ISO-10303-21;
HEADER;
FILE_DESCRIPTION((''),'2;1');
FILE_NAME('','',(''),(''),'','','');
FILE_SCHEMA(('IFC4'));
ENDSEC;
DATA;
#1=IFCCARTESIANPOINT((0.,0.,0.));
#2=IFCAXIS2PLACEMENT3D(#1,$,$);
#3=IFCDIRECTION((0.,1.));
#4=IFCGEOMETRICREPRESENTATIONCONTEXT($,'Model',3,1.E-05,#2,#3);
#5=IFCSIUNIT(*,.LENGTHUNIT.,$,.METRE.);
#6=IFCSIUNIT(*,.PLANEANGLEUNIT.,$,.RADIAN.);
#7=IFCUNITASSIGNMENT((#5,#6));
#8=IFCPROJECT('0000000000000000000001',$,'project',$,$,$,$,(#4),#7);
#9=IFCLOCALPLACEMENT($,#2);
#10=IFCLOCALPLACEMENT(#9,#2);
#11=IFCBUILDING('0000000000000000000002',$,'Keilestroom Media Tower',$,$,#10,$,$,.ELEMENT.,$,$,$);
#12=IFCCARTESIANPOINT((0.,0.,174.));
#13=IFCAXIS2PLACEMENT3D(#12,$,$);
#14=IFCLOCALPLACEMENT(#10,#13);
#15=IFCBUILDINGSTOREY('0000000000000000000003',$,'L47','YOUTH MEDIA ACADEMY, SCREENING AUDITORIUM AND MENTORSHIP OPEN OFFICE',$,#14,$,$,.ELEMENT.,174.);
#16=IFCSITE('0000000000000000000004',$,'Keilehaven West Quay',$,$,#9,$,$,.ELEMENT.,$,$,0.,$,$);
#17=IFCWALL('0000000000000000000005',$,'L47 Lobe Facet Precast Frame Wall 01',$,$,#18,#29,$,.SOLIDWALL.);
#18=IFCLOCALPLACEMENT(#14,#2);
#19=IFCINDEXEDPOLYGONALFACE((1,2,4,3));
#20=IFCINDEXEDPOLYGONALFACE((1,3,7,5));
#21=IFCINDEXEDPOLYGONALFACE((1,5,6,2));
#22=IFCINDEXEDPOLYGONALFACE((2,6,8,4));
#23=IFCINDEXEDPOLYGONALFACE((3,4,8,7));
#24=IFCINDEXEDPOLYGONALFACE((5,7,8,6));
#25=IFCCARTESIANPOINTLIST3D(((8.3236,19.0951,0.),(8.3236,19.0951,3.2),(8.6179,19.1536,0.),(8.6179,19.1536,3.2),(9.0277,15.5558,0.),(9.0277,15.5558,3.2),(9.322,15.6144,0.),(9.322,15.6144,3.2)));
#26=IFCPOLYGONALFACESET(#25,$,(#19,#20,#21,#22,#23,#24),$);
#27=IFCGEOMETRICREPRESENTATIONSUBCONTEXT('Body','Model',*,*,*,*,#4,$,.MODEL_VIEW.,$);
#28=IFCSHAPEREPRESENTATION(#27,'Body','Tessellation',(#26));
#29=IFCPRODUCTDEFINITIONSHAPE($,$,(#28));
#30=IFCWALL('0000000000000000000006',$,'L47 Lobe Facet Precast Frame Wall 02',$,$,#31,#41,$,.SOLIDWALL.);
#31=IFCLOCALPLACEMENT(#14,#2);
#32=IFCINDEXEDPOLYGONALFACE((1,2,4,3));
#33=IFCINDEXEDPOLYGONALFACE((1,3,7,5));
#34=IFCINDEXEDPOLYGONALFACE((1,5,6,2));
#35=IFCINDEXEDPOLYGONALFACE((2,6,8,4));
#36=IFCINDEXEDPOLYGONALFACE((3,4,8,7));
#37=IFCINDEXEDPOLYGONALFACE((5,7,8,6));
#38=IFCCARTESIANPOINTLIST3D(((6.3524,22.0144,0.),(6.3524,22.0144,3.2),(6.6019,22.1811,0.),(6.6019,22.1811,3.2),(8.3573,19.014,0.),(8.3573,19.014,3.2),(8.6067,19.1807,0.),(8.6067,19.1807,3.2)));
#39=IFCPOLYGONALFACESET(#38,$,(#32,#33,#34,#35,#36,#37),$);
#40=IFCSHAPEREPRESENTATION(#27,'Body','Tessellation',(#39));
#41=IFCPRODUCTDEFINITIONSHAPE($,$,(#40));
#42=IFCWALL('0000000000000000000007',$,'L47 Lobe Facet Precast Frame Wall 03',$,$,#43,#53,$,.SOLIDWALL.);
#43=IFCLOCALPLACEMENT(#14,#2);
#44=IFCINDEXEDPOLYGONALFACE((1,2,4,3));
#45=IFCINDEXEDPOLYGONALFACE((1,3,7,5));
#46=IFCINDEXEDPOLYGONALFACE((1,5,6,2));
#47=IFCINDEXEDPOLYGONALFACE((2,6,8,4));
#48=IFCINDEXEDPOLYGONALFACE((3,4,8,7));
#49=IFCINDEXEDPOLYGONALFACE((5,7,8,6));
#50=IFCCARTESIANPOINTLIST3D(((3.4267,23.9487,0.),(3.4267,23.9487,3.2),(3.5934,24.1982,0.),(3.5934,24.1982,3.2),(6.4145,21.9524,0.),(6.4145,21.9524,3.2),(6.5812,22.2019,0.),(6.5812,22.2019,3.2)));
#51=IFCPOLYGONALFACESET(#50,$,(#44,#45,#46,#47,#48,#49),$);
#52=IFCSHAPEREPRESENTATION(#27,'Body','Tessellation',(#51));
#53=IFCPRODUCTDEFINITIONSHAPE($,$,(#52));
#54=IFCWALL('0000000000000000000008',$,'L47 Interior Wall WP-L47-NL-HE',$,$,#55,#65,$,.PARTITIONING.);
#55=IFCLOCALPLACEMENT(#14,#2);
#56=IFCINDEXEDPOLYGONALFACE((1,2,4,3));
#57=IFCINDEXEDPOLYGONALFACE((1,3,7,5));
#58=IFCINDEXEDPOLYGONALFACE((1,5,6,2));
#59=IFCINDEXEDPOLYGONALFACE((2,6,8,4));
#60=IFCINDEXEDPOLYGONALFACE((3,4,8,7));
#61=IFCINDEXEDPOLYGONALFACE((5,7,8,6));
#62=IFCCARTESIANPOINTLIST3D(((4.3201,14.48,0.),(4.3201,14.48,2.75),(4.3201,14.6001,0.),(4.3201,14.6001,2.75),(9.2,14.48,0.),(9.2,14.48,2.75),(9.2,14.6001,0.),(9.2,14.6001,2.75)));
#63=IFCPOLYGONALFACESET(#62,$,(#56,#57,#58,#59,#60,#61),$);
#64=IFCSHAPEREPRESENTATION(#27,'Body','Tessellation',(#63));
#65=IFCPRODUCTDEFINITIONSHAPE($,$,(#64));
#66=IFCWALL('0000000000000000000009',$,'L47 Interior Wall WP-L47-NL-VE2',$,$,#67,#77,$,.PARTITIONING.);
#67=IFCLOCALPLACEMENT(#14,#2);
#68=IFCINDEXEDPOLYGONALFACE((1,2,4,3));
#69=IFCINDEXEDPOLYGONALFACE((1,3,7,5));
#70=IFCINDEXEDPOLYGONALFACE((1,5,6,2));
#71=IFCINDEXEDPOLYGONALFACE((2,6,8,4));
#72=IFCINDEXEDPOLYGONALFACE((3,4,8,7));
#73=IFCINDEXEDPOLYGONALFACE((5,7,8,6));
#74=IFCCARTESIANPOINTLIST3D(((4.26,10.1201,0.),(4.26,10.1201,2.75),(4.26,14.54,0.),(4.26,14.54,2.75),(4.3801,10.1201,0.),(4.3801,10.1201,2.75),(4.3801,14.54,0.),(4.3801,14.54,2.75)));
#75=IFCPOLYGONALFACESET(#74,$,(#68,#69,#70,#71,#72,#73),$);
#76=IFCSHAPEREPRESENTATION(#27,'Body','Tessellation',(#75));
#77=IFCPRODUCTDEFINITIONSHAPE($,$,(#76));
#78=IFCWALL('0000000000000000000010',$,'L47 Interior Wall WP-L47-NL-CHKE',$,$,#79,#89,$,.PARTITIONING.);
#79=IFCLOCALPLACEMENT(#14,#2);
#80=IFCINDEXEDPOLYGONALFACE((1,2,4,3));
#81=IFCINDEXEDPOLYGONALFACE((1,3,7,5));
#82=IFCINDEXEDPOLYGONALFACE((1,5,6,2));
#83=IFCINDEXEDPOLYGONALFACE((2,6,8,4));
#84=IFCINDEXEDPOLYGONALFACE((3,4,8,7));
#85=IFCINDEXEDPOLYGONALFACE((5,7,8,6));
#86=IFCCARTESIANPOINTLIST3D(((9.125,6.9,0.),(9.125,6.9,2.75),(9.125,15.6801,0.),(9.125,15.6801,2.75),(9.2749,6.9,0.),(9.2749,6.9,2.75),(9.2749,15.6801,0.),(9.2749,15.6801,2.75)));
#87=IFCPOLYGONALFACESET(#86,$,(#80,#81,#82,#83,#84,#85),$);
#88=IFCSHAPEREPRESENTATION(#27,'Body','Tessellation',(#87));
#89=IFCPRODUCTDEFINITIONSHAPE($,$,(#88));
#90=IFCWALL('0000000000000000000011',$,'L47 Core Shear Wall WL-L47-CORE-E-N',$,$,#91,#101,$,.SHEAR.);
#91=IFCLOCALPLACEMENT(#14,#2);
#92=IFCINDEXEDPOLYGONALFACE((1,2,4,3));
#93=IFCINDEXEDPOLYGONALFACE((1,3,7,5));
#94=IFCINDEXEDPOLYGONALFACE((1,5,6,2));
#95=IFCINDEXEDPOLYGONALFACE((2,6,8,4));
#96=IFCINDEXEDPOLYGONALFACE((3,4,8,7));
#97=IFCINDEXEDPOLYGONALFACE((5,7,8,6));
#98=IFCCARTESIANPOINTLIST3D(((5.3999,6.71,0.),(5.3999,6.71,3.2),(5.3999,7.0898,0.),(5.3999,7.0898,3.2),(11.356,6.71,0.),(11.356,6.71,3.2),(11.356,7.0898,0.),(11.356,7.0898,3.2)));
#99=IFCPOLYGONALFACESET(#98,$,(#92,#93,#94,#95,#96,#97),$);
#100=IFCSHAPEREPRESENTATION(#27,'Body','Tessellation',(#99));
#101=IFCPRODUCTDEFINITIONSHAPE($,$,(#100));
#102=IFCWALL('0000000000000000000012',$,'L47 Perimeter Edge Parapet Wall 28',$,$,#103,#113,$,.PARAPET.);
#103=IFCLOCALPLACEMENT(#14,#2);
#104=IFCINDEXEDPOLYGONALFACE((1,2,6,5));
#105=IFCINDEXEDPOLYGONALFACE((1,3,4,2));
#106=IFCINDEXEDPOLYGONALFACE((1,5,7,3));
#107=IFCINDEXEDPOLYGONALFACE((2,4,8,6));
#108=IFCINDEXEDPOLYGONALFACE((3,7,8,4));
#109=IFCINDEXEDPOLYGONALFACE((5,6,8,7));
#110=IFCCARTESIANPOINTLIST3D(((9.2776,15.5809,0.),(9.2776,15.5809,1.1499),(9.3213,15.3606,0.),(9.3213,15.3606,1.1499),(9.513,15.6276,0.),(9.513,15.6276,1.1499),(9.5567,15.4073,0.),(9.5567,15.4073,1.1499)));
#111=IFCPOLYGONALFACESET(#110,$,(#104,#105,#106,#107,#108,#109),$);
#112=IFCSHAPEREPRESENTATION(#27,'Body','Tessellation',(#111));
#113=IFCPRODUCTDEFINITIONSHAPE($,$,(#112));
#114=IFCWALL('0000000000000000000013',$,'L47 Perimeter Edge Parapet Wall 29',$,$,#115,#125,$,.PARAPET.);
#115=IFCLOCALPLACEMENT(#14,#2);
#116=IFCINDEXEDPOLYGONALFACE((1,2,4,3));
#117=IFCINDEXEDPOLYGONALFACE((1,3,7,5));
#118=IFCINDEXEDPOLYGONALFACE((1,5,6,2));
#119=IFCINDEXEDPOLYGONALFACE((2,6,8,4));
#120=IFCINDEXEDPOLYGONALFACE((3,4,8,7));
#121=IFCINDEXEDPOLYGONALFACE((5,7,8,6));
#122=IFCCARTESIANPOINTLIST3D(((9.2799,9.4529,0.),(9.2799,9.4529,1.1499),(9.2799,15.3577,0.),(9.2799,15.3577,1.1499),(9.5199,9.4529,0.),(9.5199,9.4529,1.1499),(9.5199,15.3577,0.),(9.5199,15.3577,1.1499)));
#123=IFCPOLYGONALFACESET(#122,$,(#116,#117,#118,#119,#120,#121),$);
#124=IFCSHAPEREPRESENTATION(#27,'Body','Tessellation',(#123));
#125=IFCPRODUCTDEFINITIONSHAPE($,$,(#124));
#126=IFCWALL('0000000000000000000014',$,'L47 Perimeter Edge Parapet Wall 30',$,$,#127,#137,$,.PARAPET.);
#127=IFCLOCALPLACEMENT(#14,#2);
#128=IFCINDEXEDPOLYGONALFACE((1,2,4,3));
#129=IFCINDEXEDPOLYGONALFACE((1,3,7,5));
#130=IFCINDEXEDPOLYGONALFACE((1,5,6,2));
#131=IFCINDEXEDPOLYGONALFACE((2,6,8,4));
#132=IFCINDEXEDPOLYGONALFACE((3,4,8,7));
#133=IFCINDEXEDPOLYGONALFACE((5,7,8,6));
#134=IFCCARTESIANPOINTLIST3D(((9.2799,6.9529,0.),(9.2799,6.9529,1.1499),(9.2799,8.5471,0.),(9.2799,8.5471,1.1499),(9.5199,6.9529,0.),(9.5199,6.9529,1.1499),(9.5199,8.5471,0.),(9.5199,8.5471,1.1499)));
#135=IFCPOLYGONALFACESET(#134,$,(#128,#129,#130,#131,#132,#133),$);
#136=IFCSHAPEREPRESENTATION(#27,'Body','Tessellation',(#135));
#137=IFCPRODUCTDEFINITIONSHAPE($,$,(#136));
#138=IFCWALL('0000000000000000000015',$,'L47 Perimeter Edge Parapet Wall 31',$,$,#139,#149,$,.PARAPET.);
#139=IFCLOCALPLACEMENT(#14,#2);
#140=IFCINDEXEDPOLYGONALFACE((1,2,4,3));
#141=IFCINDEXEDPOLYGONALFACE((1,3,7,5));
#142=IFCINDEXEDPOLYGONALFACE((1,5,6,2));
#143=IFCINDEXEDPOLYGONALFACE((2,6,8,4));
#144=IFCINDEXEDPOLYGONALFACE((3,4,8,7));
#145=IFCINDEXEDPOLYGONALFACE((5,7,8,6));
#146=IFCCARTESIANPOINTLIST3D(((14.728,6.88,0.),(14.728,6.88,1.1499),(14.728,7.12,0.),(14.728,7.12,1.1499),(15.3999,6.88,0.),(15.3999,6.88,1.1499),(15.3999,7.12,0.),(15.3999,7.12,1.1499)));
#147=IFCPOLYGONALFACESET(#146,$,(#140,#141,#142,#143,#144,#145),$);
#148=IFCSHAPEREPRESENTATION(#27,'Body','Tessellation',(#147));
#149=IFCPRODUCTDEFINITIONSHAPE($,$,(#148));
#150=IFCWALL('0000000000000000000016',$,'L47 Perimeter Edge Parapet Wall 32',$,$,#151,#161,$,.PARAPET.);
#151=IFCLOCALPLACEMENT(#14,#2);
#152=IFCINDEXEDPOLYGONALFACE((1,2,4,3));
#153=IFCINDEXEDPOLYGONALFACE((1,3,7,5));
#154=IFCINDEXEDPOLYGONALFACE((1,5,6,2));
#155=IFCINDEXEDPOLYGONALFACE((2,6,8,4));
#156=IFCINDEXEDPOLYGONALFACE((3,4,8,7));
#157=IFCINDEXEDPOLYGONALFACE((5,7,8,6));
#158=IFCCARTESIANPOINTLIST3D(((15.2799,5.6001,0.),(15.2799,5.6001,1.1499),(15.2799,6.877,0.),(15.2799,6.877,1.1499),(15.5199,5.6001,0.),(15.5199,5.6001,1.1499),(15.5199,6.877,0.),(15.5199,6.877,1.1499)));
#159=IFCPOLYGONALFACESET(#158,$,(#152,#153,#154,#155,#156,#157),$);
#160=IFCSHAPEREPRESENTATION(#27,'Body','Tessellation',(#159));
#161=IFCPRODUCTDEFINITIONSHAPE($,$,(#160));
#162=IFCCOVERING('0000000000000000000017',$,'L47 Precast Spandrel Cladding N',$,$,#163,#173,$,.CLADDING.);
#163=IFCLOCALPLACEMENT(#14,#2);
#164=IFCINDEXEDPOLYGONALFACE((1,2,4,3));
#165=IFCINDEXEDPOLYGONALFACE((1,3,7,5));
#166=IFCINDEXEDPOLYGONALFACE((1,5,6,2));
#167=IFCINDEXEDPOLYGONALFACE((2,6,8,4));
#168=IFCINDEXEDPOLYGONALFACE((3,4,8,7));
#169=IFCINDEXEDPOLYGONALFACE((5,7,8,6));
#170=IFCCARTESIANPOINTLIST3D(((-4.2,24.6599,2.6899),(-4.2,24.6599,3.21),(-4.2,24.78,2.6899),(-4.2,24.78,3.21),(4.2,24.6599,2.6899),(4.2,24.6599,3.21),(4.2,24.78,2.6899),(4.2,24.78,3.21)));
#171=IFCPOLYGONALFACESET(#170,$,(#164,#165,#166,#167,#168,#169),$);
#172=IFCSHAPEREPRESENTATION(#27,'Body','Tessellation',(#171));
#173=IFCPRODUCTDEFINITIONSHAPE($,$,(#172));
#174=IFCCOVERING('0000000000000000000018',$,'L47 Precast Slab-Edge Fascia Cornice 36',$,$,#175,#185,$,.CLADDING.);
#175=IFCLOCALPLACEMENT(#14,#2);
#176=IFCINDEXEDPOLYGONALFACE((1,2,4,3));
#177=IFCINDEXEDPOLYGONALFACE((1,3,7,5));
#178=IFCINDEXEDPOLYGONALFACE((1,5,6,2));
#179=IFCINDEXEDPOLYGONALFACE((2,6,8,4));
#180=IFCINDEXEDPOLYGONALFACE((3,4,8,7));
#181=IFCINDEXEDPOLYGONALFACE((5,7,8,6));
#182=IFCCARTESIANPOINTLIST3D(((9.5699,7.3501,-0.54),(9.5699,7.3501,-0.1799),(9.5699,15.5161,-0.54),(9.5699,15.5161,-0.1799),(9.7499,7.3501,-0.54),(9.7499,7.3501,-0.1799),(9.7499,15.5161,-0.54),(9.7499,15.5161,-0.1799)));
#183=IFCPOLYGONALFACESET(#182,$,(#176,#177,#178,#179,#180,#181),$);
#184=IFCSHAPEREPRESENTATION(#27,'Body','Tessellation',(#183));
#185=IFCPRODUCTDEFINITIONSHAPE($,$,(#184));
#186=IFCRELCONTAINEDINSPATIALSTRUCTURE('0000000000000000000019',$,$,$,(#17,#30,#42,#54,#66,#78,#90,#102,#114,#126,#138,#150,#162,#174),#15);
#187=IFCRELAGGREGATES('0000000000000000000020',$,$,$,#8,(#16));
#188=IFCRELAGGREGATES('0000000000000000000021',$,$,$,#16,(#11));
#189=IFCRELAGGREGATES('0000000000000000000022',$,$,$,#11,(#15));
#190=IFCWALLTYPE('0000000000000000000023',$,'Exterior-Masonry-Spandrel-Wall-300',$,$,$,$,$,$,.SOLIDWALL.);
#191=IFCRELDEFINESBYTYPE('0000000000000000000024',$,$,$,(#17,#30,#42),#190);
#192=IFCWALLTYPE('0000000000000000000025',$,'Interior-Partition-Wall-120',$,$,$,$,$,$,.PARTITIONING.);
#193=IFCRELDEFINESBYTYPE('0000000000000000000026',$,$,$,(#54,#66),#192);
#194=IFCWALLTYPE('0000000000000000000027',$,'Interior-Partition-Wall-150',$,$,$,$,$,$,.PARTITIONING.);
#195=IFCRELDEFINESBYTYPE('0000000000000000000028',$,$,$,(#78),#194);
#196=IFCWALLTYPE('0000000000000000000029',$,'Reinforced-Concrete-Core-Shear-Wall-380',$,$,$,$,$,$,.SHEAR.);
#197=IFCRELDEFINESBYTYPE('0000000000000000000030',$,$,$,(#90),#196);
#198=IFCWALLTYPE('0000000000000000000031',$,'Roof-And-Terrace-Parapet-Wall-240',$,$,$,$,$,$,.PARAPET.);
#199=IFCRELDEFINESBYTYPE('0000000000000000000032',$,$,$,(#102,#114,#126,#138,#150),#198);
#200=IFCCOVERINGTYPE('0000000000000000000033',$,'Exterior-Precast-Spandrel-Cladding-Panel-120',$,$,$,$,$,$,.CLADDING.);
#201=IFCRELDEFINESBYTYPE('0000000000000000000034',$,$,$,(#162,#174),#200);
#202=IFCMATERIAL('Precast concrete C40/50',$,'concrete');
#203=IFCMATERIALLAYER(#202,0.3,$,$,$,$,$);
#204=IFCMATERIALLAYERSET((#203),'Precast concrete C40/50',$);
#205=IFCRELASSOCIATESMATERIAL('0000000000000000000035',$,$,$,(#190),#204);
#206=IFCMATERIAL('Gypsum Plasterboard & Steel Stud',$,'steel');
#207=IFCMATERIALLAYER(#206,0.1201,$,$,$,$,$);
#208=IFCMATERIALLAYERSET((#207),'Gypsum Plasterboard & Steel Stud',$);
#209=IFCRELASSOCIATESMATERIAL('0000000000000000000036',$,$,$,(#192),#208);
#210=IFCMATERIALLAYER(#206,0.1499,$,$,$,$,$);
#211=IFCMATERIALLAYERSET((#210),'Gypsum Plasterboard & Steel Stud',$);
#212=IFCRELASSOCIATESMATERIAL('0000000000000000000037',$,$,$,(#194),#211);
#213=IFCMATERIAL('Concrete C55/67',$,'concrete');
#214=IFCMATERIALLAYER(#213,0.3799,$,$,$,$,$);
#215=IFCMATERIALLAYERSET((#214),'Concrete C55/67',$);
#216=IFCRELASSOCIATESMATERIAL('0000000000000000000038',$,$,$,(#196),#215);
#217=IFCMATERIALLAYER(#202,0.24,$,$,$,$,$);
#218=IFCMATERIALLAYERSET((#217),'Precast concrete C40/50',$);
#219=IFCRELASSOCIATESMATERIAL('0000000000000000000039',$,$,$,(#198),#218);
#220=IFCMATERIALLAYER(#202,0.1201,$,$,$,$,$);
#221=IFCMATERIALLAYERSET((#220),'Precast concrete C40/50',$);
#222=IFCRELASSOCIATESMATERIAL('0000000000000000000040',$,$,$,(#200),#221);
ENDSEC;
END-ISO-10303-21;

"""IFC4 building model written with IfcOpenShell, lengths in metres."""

from ifc_helpers import new_model, si_unit, direction, frame, frame_2d, origin, origin_2d, place, context, subcontext, project, spatial, rectangle, extrude, source, transform, mapped, material, layer, layer_set, type_object, element, save


model = new_model("IFC4")

# Units and contexts
model_context = context("Model", 3, precision=1e-05, world=origin(), true_north=direction((0.0, 1.0)))
body_context = subcontext(model_context, "Body", "Model", "MODEL_VIEW")
ifc_project = project(units=[si_unit("LENGTHUNIT", "METRE"), si_unit("PLANEANGLEUNIT", "RADIAN")], contexts=[model_context])

# Site, building, storey
site_placement = place(None, origin())
site = spatial("IfcSite", under=ifc_project, at=site_placement, Name="Keilehaven West Quay", CompositionType="ELEMENT", RefElevation=0.0)
building_placement = place(site_placement, origin())
building = spatial("IfcBuilding", under=site, at=building_placement, Name="Keilestroom Media Tower", CompositionType="ELEMENT")
storey_placement = place(building_placement, frame((0.0, 0.0, 174.0)))
storey = spatial("IfcBuildingStorey", under=building, at=storey_placement, Name="L47", Description="YOUTH MEDIA ACADEMY, SCREENING AUDITORIUM AND MENTORSHIP OPEN OFFICE", CompositionType="ELEMENT", Elevation=174.0)

# Shared definitions
ifc_material_1 = material(Name="Precast concrete C40/50", Category="concrete")
ifc_material_2 = material(Name="Concrete C55/67", Category="concrete")

# Walls
ifc_layer_1 = layer(ifc_material_1, 0.3)
ifc_layer_set_1 = layer_set([ifc_layer_1], Name="Precast concrete C40/50")
wall_type_1 = type_object("IfcWallType", Name="Exterior-Masonry-Spandrel-Wall-300", PredefinedType="SOLIDWALL", material=ifc_layer_set_1)
for number, where, z_axis, x_axis, name in (
    (1, (9.1748, 15.5852, 0.0), (0.0, 0.0, 1.0), (-0.195114, 0.980781, 0.0), "L47 Lobe Facet Precast Frame Wall 01"),
    (2, (8.4819, 19.0974, 0.0), (0.0, 0.0, 1.0), (-0.555574, 0.831467, 0.0), "L47 Lobe Facet Precast Frame Wall 02"),
):
    element("IfcWall", number, at=place(storey_placement, frame(where, z_axis=z_axis, x_axis=x_axis)), inside=storey, type_object=wall_type_1, Name=name, PredefinedType="SOLIDWALL", context=body_context, shape_type="SweptSolid", body=[
        extrude(rectangle(XDim=3.6086, YDim=0.3, at=frame_2d((1.8042, 0.0))), origin(), (0.0, 0.0, 1.0), 3.2),
    ])
wall_1_placement = place(storey_placement, frame((6.4978, 22.0771, 0.0), z_axis=(0.0, 0.0, 1.0), x_axis=(-0.831475, 0.555562, 0.0)))
element("IfcWall", 3, at=wall_1_placement, inside=storey, type_object=wall_type_1, Name="L47 Lobe Facet Precast Frame Wall 03", PredefinedType="SOLIDWALL", context=body_context, shape_type="SweptSolid", body=[
    extrude(rectangle(XDim=3.5933, YDim=0.3, at=frame_2d((1.7966, 0.0))), origin(), (0.0, 0.0, 1.0), 3.2),
])
ifc_material_3 = material(Name="Gypsum Plasterboard & Steel Stud", Category="steel")
ifc_layer_2 = layer(ifc_material_3, 0.1201)
ifc_layer_set_2 = layer_set([ifc_layer_2], Name="Gypsum Plasterboard & Steel Stud")
wall_type_2 = type_object("IfcWallType", Name="Interior-Partition-Wall-120", PredefinedType="PARTITIONING", material=ifc_layer_set_2)
wall_2_placement = place(storey_placement, frame((4.3201, 14.54, 0.0), z_axis=(0.0, 0.0, 1.0), x_axis=(1.0, 0.0, 0.0)))
element("IfcWall", 4, at=wall_2_placement, inside=storey, type_object=wall_type_2, Name="L47 Interior Wall WP-L47-NL-HE", PredefinedType="PARTITIONING", context=body_context, shape_type="SweptSolid", body=[
    extrude(rectangle(XDim=4.8799, YDim=0.1201, at=frame_2d((2.4399, 0.0))), origin(), (0.0, 0.0, 1.0), 2.75),
])
wall_3_placement = place(storey_placement, frame((4.3201, 10.1201, 0.0), z_axis=(0.0, 0.0, 1.0), x_axis=(0.0, 1.0, 0.0)))
element("IfcWall", 5, at=wall_3_placement, inside=storey, type_object=wall_type_2, Name="L47 Interior Wall WP-L47-NL-VE2", PredefinedType="PARTITIONING", context=body_context, shape_type="SweptSolid", body=[
    extrude(rectangle(XDim=4.4199, YDim=0.1201, at=frame_2d((2.21, 0.0))), origin(), (0.0, 0.0, 1.0), 2.75),
])
ifc_layer_3 = layer(ifc_material_3, 0.1499)
ifc_layer_set_3 = layer_set([ifc_layer_3], Name="Gypsum Plasterboard & Steel Stud")
wall_type_3 = type_object("IfcWallType", Name="Interior-Partition-Wall-150", PredefinedType="PARTITIONING", material=ifc_layer_set_3)
wall_4_placement = place(storey_placement, frame((9.2, 6.8999, 0.0), z_axis=(0.0, 0.0, 1.0), x_axis=(0.0, 1.0, 0.0)))
element("IfcWall", 6, at=wall_4_placement, inside=storey, type_object=wall_type_3, Name="L47 Interior Wall WP-L47-NL-CHKE", PredefinedType="PARTITIONING", context=body_context, shape_type="SweptSolid", body=[
    extrude(rectangle(XDim=8.78, YDim=0.1499, at=frame_2d((4.3901, 0.0))), origin(), (0.0, 0.0, 1.0), 2.75),
])
ifc_layer_4 = layer(ifc_material_2, 0.3799)
ifc_layer_set_4 = layer_set([ifc_layer_4], Name="Concrete C55/67")
wall_type_4 = type_object("IfcWallType", Name="Reinforced-Concrete-Core-Shear-Wall-380", PredefinedType="SHEAR", material=ifc_layer_set_4)
wall_5_placement = place(storey_placement, frame((5.3999, 6.8999, 0.0), z_axis=(0.0, 0.0, 1.0), x_axis=(1.0, 0.0, 0.0)))
element("IfcWall", 7, at=wall_5_placement, inside=storey, type_object=wall_type_4, Name="L47 Core Shear Wall WL-L47-CORE-E-N", PredefinedType="SHEAR", context=body_context, shape_type="SweptSolid", body=[
    extrude(rectangle(XDim=5.9561, YDim=0.3799, at=frame_2d((2.978, 0.0))), origin(), (0.0, 0.0, 1.0), 3.2),
])
ifc_layer_5 = layer(ifc_material_1, 0.24)
ifc_layer_set_5 = layer_set([ifc_layer_5], Name="Precast concrete C40/50")
wall_type_5 = type_object("IfcWallType", Name="Roof-And-Terrace-Parapet-Wall-240", PredefinedType="PARAPET", material=ifc_layer_set_5)
wall_6_placement = place(storey_placement, frame((9.3953, 15.6042, 0.0), z_axis=(0.0, 0.0, 1.0), x_axis=(0.194652, -0.980872, 0.0)))
element("IfcWall", 8, at=wall_6_placement, inside=storey, type_object=wall_type_5, Name="L47 Perimeter Edge Parapet Wall 28", PredefinedType="PARAPET", context=body_context, shape_type="SweptSolid", body=[
    extrude(rectangle(XDim=0.2246, YDim=0.24, at=frame_2d((0.1123, 0.0))), origin(), (0.0, 0.0, 1.0), 1.1499),
])
wall_7_placement = place(storey_placement, frame((9.3999, 15.3577, 0.0), z_axis=(0.0, 0.0, 1.0), x_axis=(0.0, -1.0, 0.0)))
element("IfcWall", 9, at=wall_7_placement, inside=storey, type_object=wall_type_5, Name="L47 Perimeter Edge Parapet Wall 29", PredefinedType="PARAPET", context=body_context, shape_type="SweptSolid", body=[
    extrude(rectangle(XDim=5.9048, YDim=0.24, at=frame_2d((2.9524, 0.0))), origin(), (0.0, 0.0, 1.0), 1.1499),
])
wall_8_placement = place(storey_placement, frame((9.3999, 8.5471, 0.0), z_axis=(0.0, 0.0, 1.0), x_axis=(0.0, -1.0, 0.0)))
element("IfcWall", 10, at=wall_8_placement, inside=storey, type_object=wall_type_5, Name="L47 Perimeter Edge Parapet Wall 30", PredefinedType="PARAPET", context=body_context, shape_type="SweptSolid", body=[
    extrude(rectangle(XDim=1.5942, YDim=0.24, at=frame_2d((0.7971, 0.0))), origin(), (0.0, 0.0, 1.0), 1.1499),
])
wall_9_placement = place(storey_placement, frame((14.728, 7.0, 0.0), z_axis=(0.0, 0.0, 1.0), x_axis=(1.0, 0.0, 0.0)))
element("IfcWall", 11, at=wall_9_placement, inside=storey, type_object=wall_type_5, Name="L47 Perimeter Edge Parapet Wall 31", PredefinedType="PARAPET", context=body_context, shape_type="SweptSolid", body=[
    extrude(rectangle(XDim=0.6719, YDim=0.24, at=frame_2d((0.3359, 0.0))), origin(), (0.0, 0.0, 1.0), 1.1499),
])
wall_10_placement = place(storey_placement, frame((15.3999, 6.877, 0.0), z_axis=(0.0, 0.0, 1.0), x_axis=(0.0, -1.0, 0.0)))
element("IfcWall", 12, at=wall_10_placement, inside=storey, type_object=wall_type_5, Name="L47 Perimeter Edge Parapet Wall 32", PredefinedType="PARAPET", context=body_context, shape_type="SweptSolid", body=[
    extrude(rectangle(XDim=1.2769, YDim=0.24, at=frame_2d((0.6384, 0.0))), origin(), (0.0, 0.0, 1.0), 1.1499),
])

# Coverings
ifc_layer_6 = layer(ifc_material_1, 0.1201)
ifc_layer_set_6 = layer_set([ifc_layer_6], Name="Precast concrete C40/50")
covering_type = type_object("IfcCoveringType", Name="Exterior-Precast-Spandrel-Cladding-Panel-120", PredefinedType="CLADDING", material=ifc_layer_set_6)
shared_shape_1 = source(origin(), body_context, "Body", "SweptSolid", [
    extrude(rectangle(XDim=8.3999, YDim=0.1201, at=origin_2d()), origin(), (0.0, 0.0, 1.0), 0.52),
])
covering_1_placement = place(storey_placement, frame((0.0, 24.72, 2.6899), z_axis=(0.0, 0.0, 1.0), x_axis=(1.0, 0.0, 0.0)))
element("IfcCovering", 13, at=covering_1_placement, inside=storey, type_object=covering_type, Name="L47 Precast Spandrel Cladding N", PredefinedType="CLADDING", context=body_context, shape_type="MappedRepresentation", body=[
    mapped(shared_shape_1, transform((0.0, 0.0, 0.0), x_axis=(1.0, 0.0, 0.0), y_axis=(0.0, 1.0, 0.0), z_axis=(0.0, 0.0, 1.0), scale=1.0)),
])
shared_shape_2 = source(origin(), body_context, "Body", "SweptSolid", [
    extrude(rectangle(XDim=8.166, YDim=0.1799, at=origin_2d()), origin(), (0.0, 0.0, 1.0), 0.3601),
])
covering_2_placement = place(storey_placement, frame((9.6599, 11.4331, -0.54), z_axis=(0.0, 0.0, 1.0), x_axis=(0.0, -1.0, 0.0)))
element("IfcCovering", 14, at=covering_2_placement, inside=storey, type_object=covering_type, Name="L47 Precast Slab-Edge Fascia Cornice 36", PredefinedType="CLADDING", context=body_context, shape_type="MappedRepresentation", body=[
    mapped(shared_shape_2, transform((0.0, 0.0, 0.0), x_axis=(1.0, 0.0, 0.0), y_axis=(0.0, 1.0, 0.0), z_axis=(0.0, 0.0, 1.0), scale=1.0)),
])

save(model, "model.ifc")
